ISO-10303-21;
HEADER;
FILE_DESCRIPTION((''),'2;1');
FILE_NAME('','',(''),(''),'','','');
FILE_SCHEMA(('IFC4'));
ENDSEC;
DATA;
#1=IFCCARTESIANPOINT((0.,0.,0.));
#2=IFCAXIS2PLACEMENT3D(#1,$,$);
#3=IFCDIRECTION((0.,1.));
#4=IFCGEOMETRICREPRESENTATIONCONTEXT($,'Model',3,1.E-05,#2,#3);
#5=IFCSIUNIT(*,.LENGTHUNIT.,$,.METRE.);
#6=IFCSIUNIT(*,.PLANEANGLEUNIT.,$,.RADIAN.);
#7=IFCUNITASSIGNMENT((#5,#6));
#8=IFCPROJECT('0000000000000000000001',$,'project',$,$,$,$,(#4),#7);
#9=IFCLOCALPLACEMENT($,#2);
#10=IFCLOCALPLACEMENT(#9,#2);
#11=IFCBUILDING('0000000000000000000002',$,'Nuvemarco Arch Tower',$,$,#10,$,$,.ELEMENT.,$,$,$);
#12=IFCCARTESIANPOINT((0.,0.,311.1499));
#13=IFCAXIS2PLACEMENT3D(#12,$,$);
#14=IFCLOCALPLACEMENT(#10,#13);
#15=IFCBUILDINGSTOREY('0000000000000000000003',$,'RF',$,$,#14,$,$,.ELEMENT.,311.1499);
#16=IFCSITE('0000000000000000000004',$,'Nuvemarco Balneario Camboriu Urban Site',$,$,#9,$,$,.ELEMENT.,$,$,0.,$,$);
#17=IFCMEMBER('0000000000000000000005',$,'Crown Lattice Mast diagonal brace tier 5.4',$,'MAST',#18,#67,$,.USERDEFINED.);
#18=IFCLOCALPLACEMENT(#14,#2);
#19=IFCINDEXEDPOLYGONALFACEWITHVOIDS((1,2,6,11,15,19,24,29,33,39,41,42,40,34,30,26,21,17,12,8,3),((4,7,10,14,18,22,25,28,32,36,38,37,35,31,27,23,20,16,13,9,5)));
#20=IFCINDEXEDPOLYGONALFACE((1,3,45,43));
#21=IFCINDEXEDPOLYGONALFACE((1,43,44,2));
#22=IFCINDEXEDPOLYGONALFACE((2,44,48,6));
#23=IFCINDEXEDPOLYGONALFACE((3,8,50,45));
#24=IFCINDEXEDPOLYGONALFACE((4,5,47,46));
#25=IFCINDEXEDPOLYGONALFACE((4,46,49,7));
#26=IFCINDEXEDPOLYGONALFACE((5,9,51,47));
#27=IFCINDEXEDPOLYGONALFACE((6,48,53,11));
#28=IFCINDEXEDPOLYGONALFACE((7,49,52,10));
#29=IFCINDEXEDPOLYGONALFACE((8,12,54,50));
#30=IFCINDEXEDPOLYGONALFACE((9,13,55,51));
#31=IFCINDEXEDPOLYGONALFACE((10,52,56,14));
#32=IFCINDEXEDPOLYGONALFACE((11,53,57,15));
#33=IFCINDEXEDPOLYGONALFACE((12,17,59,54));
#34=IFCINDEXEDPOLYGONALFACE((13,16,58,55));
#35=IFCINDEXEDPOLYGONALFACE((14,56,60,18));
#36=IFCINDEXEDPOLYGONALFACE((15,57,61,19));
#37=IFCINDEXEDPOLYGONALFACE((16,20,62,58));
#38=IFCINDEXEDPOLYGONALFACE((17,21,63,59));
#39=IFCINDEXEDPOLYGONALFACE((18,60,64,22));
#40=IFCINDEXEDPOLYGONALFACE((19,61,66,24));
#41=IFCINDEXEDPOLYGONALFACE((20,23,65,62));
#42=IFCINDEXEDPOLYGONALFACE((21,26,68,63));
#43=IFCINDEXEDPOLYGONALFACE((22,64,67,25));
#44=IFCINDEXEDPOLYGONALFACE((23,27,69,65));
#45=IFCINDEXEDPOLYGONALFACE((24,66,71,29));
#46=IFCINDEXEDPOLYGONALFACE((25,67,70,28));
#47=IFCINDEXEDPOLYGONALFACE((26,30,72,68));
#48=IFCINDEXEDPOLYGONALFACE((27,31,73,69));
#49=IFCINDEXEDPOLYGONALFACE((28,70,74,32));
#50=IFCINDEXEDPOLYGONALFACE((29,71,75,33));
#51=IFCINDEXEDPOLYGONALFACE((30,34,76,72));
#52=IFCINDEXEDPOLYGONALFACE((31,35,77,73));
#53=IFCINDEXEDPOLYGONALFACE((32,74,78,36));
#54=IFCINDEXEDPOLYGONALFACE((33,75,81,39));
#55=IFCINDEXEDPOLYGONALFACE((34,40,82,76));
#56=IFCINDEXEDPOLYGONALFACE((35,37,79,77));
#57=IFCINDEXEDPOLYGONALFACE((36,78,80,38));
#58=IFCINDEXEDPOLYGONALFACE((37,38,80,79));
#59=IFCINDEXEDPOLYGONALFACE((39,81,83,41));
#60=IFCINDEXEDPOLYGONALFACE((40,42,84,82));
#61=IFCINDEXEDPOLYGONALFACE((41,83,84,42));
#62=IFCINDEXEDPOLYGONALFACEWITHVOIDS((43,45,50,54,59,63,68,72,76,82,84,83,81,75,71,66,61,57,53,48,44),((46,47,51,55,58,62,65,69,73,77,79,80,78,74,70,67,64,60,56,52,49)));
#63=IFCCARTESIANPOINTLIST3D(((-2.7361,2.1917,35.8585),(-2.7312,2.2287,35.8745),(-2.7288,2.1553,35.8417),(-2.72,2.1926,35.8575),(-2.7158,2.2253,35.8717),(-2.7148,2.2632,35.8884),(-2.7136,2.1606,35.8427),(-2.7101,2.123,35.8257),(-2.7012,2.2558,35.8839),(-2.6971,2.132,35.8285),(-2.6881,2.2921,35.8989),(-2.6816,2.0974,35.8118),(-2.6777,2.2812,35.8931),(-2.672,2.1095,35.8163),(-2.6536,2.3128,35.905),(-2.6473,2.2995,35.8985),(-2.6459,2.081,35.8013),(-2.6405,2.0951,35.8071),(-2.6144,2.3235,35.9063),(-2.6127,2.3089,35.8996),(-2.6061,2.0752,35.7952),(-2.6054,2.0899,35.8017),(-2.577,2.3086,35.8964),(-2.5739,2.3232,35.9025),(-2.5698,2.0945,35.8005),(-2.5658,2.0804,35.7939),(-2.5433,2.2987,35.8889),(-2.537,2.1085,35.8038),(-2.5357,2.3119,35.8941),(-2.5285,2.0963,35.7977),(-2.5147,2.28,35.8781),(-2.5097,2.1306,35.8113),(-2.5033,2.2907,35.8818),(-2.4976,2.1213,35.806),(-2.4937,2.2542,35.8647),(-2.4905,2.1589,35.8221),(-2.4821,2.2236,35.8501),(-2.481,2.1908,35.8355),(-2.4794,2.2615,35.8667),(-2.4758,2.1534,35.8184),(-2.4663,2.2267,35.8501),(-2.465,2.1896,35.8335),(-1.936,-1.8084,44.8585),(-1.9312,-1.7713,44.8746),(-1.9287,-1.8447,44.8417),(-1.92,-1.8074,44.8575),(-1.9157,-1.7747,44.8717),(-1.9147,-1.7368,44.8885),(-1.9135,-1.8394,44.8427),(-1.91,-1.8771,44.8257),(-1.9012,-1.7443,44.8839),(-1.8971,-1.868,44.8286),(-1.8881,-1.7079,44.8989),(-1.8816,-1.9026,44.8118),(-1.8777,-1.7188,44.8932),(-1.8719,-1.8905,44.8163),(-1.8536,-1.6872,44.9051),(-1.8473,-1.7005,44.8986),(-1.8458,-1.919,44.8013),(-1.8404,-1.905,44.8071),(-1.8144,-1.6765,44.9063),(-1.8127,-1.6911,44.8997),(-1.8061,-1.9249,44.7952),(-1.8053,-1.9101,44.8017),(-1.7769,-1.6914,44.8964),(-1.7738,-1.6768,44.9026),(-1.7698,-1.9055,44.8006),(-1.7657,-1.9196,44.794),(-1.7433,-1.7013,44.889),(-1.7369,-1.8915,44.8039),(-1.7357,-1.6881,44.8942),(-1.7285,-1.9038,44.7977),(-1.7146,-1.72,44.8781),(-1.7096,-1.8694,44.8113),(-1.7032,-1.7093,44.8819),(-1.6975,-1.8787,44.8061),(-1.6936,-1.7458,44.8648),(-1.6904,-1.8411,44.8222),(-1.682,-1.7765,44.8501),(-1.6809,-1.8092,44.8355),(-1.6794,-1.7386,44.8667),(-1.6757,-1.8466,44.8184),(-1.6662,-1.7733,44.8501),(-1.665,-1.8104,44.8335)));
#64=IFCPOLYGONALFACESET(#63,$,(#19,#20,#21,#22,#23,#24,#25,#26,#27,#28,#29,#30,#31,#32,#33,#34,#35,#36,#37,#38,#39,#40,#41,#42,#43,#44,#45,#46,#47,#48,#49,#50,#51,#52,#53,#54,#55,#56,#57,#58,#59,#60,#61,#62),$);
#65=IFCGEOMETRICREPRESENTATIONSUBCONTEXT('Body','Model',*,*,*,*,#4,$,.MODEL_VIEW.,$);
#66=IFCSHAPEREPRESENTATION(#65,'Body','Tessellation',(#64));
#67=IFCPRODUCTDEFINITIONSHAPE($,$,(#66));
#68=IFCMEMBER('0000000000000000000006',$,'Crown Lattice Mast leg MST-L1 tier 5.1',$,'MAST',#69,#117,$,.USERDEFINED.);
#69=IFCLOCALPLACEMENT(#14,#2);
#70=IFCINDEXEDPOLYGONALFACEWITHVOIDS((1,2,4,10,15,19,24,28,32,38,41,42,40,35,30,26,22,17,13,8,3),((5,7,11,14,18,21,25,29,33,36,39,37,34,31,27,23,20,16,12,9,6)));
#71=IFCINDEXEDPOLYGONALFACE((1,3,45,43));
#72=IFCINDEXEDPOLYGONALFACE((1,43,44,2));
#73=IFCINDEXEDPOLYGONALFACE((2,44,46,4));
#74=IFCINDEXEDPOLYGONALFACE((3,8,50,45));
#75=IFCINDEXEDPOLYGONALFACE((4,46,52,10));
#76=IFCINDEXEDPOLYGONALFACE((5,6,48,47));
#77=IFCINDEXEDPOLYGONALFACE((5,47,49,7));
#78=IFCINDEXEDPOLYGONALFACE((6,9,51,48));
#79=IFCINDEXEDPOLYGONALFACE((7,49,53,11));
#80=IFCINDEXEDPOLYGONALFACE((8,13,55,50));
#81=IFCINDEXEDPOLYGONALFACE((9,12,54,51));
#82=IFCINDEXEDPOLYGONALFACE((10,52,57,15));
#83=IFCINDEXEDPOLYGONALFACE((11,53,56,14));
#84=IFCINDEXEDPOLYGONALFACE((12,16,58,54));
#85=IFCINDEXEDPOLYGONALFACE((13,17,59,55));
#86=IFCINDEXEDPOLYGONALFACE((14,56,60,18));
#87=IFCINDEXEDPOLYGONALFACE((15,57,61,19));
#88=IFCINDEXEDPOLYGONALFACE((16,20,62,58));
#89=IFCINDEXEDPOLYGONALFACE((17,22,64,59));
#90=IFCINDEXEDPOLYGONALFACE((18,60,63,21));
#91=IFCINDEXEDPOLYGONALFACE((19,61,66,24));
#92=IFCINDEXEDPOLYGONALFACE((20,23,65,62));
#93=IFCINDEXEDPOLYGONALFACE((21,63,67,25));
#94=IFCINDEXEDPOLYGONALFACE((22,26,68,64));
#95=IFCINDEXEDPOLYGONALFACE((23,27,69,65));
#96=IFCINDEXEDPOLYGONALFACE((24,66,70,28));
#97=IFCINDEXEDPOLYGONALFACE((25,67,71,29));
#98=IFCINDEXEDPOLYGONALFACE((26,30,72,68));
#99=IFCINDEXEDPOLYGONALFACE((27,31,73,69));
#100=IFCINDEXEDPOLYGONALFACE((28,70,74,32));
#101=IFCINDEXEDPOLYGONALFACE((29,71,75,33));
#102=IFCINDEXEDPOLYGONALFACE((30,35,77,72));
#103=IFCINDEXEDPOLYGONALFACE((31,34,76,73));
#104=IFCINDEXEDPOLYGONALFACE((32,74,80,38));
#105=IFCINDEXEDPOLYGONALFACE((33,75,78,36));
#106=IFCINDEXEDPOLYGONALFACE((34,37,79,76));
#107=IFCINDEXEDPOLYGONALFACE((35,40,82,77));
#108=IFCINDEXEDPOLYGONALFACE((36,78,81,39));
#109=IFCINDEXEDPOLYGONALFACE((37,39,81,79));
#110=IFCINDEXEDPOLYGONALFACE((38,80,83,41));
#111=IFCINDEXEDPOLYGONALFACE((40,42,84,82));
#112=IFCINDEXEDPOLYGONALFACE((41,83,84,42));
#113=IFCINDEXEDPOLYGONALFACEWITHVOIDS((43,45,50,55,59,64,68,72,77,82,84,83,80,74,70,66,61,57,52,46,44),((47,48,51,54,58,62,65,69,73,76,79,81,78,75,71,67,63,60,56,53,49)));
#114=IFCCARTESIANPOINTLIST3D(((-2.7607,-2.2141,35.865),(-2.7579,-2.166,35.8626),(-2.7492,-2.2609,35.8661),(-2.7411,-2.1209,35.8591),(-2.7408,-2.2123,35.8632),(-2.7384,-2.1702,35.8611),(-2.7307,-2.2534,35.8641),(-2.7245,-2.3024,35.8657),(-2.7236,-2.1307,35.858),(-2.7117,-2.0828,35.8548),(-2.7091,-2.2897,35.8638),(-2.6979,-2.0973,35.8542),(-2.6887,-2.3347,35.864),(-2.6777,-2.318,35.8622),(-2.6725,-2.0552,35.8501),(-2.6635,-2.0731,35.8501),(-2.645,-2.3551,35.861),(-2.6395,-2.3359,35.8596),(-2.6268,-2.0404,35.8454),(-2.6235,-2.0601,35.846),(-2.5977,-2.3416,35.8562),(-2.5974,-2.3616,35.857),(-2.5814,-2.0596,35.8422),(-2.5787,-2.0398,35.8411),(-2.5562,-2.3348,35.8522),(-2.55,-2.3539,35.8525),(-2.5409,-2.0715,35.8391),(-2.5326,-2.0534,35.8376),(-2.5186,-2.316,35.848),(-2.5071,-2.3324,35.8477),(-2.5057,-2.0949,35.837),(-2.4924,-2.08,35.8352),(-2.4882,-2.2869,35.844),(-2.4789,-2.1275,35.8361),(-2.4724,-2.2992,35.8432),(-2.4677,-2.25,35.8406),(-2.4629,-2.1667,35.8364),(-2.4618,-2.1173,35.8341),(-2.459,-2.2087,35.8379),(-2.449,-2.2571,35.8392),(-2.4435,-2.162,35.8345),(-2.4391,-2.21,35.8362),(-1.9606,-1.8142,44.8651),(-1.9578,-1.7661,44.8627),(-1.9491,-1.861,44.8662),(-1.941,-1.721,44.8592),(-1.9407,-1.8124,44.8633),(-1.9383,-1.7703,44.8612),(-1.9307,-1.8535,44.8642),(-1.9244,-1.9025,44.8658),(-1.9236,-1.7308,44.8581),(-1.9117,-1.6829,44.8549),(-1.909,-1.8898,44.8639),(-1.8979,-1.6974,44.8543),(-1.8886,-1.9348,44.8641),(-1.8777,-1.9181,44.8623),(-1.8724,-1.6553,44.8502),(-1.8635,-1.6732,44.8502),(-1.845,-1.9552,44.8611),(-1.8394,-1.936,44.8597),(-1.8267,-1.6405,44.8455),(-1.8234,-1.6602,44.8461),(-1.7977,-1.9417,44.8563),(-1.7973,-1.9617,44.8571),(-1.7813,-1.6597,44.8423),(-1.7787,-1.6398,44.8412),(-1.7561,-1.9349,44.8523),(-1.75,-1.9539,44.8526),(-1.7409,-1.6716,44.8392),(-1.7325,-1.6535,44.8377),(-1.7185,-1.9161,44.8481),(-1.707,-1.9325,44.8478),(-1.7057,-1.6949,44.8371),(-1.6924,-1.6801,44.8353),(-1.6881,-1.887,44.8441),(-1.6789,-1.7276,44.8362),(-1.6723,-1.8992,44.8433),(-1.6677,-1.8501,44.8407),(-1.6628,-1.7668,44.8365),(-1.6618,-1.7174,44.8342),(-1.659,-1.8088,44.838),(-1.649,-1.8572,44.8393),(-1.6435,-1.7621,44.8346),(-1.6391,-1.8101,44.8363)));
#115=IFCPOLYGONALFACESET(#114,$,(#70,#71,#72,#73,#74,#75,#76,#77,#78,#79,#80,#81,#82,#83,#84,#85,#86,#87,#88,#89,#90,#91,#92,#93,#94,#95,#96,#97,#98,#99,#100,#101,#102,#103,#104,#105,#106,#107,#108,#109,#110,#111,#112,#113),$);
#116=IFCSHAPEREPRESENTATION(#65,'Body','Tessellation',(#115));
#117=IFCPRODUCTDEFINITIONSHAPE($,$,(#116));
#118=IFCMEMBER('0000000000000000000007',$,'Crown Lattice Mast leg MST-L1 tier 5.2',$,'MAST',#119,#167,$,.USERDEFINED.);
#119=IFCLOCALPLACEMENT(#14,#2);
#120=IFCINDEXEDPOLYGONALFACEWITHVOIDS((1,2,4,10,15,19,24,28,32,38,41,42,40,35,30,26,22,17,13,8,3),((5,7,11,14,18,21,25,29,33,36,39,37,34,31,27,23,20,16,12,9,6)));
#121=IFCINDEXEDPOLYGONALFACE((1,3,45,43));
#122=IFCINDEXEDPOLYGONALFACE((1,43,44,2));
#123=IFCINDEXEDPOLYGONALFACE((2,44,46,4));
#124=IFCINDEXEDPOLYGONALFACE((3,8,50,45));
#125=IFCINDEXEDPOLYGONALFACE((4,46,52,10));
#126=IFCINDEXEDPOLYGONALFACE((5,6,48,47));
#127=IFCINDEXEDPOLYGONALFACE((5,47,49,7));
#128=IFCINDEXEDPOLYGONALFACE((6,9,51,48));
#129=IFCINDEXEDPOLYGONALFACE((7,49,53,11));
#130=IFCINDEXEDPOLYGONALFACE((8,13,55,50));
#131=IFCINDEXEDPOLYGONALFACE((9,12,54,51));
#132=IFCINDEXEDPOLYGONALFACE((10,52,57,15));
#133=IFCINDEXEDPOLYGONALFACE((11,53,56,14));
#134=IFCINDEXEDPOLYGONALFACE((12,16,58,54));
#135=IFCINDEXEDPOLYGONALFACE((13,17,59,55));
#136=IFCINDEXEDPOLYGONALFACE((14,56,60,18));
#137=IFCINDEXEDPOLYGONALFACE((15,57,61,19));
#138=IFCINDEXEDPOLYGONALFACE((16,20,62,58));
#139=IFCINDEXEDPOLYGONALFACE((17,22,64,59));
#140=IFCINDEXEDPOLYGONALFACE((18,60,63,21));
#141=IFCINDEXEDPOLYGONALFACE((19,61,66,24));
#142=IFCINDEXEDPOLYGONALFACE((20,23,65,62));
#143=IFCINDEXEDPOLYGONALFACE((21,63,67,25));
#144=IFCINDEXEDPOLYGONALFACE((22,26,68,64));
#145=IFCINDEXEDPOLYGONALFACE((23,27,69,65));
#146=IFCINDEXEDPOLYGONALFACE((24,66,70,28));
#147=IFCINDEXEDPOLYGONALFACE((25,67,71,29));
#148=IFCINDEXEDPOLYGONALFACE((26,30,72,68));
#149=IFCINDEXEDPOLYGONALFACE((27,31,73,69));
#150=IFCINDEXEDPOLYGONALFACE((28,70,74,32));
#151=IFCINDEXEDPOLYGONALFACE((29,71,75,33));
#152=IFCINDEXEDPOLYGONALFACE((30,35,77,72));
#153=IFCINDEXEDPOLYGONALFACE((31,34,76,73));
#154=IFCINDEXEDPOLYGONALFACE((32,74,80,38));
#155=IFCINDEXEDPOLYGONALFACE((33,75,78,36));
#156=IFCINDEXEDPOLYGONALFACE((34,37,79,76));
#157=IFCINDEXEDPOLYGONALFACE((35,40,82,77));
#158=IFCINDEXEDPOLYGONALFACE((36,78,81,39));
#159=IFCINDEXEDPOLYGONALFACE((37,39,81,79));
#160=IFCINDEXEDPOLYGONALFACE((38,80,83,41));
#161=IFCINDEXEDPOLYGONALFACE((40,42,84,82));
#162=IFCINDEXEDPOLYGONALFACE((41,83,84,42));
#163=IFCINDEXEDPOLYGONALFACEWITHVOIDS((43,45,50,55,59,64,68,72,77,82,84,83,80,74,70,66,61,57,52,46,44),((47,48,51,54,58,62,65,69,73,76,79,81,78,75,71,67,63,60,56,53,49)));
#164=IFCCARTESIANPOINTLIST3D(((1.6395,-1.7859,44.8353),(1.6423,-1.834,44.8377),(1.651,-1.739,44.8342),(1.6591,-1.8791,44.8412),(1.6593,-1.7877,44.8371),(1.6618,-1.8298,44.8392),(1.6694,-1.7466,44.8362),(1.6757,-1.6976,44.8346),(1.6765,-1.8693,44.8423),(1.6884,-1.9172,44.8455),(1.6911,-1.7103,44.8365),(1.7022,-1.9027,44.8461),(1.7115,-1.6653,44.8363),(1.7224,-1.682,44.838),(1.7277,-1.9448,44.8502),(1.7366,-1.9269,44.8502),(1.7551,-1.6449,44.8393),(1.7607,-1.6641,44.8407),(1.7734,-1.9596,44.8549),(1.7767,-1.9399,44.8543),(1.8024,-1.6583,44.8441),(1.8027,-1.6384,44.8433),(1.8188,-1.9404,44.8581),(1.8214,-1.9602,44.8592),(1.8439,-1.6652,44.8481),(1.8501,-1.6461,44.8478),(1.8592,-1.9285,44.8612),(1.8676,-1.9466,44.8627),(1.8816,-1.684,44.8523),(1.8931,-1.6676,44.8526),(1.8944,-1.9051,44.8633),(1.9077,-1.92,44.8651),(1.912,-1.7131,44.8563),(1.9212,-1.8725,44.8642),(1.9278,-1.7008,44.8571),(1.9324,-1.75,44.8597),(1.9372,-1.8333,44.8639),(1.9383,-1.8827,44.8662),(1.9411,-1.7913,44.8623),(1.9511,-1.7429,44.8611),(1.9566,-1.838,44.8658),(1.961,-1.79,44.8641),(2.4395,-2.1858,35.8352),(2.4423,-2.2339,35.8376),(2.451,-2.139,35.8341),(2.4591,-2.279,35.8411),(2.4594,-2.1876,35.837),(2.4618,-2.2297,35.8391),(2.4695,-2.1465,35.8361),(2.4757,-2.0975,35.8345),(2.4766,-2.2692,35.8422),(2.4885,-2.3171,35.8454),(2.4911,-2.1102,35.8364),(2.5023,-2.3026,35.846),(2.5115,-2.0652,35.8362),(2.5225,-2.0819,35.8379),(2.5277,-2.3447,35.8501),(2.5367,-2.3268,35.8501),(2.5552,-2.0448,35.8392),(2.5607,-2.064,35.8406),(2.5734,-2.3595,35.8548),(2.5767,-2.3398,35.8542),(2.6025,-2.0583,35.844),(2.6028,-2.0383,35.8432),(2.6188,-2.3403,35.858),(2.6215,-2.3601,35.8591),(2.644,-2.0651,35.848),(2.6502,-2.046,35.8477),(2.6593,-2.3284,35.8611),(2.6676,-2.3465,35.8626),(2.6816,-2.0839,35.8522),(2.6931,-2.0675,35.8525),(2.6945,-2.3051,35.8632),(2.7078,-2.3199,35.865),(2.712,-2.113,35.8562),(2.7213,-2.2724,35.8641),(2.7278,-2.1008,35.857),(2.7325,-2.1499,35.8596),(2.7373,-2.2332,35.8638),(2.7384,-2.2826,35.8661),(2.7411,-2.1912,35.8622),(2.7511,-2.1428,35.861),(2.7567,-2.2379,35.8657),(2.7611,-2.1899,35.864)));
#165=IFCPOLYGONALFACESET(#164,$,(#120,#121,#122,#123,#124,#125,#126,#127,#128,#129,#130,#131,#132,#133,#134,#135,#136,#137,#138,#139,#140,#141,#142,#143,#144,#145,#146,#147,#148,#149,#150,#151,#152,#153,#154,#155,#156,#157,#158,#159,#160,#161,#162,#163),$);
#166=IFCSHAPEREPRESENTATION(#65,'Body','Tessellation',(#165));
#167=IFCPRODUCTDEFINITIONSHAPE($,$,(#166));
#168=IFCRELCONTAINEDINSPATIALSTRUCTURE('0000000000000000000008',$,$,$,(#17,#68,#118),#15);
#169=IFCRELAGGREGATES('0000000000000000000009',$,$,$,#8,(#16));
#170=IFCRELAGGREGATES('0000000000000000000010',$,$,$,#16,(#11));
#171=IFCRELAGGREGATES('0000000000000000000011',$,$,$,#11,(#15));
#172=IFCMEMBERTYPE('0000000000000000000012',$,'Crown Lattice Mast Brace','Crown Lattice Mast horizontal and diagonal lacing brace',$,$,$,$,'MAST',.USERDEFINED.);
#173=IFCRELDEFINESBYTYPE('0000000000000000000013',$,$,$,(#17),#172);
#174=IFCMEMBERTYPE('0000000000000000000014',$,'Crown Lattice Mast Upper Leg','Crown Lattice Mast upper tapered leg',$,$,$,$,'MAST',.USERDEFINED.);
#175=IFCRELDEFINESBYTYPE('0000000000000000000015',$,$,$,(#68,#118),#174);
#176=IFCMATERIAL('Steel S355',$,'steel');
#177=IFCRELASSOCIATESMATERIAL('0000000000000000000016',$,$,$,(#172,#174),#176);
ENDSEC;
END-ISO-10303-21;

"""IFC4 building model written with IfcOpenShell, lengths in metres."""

from ifc_helpers import new_model, si_unit, direction, frame, origin, origin_2d, place, context, subcontext, project, spatial, hollow_circle, extrude, material, material_profile, profile_set, type_object, element, save


model = new_model("IFC4")

# Units and contexts
model_context = context("Model", 3, precision=1e-05, world=origin(), true_north=direction((0.0, 1.0)))
body_context = subcontext(model_context, "Body", "Model", "MODEL_VIEW")
ifc_project = project(units=[si_unit("LENGTHUNIT", "METRE"), si_unit("PLANEANGLEUNIT", "RADIAN")], contexts=[model_context])

# Site, building, storey
site_placement = place(None, origin())
site = spatial("IfcSite", under=ifc_project, at=site_placement, Name="Nuvemarco Balneario Camboriu Urban Site", CompositionType="ELEMENT", RefElevation=0.0)
building_placement = place(site_placement, origin())
building = spatial("IfcBuilding", under=site, at=building_placement, Name="Nuvemarco Arch Tower", CompositionType="ELEMENT")
storey_placement = place(building_placement, frame((0.0, 0.0, 311.1499)))
storey = spatial("IfcBuildingStorey", under=building, at=storey_placement, Name="RF", CompositionType="ELEMENT", Elevation=311.1499)

# Members
ifc_material = material(Name="Steel S355", Category="steel")
ifc_material_profile_1 = material_profile(ifc_material, hollow_circle(Radius=0.1365, WallThickness=0.0161, at=origin_2d()), Name="CHS273x16")
ifc_profile_set_1 = profile_set([ifc_material_profile_1], Name="Steel S355")
member_type_1 = type_object("IfcMemberType", Name="Crown Lattice Mast Brace", Description="Crown Lattice Mast horizontal and diagonal lacing brace", ElementType="MAST", PredefinedType="USERDEFINED", material=ifc_profile_set_1)
member_1_placement = place(storey_placement, frame((-2.6001, 2.2, 35.8501), z_axis=(0.080966, -0.404805, 0.910811), x_axis=(0.980578, 0.196128, 0.0)))
element("IfcMember", 1, at=member_1_placement, inside=storey, type_object=member_type_1, Name="Crown Lattice Mast diagonal brace tier 5.4", ObjectType="MAST", PredefinedType="USERDEFINED", context=body_context, shape_type="SweptSolid", body=[
    extrude(hollow_circle(Radius=0.1365, WallThickness=0.0161, at=origin_2d()), origin(), (0.0, 0.0, 1.0), 9.8813),
])
ifc_material_profile_2 = material_profile(ifc_material, hollow_circle(Radius=0.1619, WallThickness=0.02, at=origin_2d()), Name="CHS323.9x20")
ifc_profile_set_2 = profile_set([ifc_material_profile_2], Name="Steel S355")
member_type_2 = type_object("IfcMemberType", Name="Crown Lattice Mast Upper Leg", Description="Crown Lattice Mast upper tapered leg", ElementType="MAST", PredefinedType="USERDEFINED", material=ifc_profile_set_2)
for number, where, z_axis, x_axis, name in (
    (2, (-2.6001, -2.2, 35.8501), (0.088459, 0.044216, 0.995098), (-0.447104, 0.894482, 0.0), "Crown Lattice Mast leg MST-L1 tier 5.1"),
    (3, (2.6001, -2.2, 35.8501), (-0.088459, 0.044216, 0.995098), (-0.447104, -0.894482, 0.0), "Crown Lattice Mast leg MST-L1 tier 5.2"),
):
    element("IfcMember", number, at=place(storey_placement, frame(where, z_axis=z_axis, x_axis=x_axis)), inside=storey, type_object=member_type_2, Name=name, ObjectType="MAST", PredefinedType="USERDEFINED", context=body_context, shape_type="SweptSolid", body=[
        extrude(hollow_circle(Radius=0.1619, WallThickness=0.02, at=origin_2d()), origin(), (0.0, 0.0, 1.0), 9.0444),
    ])

save(model, "model.ifc")
